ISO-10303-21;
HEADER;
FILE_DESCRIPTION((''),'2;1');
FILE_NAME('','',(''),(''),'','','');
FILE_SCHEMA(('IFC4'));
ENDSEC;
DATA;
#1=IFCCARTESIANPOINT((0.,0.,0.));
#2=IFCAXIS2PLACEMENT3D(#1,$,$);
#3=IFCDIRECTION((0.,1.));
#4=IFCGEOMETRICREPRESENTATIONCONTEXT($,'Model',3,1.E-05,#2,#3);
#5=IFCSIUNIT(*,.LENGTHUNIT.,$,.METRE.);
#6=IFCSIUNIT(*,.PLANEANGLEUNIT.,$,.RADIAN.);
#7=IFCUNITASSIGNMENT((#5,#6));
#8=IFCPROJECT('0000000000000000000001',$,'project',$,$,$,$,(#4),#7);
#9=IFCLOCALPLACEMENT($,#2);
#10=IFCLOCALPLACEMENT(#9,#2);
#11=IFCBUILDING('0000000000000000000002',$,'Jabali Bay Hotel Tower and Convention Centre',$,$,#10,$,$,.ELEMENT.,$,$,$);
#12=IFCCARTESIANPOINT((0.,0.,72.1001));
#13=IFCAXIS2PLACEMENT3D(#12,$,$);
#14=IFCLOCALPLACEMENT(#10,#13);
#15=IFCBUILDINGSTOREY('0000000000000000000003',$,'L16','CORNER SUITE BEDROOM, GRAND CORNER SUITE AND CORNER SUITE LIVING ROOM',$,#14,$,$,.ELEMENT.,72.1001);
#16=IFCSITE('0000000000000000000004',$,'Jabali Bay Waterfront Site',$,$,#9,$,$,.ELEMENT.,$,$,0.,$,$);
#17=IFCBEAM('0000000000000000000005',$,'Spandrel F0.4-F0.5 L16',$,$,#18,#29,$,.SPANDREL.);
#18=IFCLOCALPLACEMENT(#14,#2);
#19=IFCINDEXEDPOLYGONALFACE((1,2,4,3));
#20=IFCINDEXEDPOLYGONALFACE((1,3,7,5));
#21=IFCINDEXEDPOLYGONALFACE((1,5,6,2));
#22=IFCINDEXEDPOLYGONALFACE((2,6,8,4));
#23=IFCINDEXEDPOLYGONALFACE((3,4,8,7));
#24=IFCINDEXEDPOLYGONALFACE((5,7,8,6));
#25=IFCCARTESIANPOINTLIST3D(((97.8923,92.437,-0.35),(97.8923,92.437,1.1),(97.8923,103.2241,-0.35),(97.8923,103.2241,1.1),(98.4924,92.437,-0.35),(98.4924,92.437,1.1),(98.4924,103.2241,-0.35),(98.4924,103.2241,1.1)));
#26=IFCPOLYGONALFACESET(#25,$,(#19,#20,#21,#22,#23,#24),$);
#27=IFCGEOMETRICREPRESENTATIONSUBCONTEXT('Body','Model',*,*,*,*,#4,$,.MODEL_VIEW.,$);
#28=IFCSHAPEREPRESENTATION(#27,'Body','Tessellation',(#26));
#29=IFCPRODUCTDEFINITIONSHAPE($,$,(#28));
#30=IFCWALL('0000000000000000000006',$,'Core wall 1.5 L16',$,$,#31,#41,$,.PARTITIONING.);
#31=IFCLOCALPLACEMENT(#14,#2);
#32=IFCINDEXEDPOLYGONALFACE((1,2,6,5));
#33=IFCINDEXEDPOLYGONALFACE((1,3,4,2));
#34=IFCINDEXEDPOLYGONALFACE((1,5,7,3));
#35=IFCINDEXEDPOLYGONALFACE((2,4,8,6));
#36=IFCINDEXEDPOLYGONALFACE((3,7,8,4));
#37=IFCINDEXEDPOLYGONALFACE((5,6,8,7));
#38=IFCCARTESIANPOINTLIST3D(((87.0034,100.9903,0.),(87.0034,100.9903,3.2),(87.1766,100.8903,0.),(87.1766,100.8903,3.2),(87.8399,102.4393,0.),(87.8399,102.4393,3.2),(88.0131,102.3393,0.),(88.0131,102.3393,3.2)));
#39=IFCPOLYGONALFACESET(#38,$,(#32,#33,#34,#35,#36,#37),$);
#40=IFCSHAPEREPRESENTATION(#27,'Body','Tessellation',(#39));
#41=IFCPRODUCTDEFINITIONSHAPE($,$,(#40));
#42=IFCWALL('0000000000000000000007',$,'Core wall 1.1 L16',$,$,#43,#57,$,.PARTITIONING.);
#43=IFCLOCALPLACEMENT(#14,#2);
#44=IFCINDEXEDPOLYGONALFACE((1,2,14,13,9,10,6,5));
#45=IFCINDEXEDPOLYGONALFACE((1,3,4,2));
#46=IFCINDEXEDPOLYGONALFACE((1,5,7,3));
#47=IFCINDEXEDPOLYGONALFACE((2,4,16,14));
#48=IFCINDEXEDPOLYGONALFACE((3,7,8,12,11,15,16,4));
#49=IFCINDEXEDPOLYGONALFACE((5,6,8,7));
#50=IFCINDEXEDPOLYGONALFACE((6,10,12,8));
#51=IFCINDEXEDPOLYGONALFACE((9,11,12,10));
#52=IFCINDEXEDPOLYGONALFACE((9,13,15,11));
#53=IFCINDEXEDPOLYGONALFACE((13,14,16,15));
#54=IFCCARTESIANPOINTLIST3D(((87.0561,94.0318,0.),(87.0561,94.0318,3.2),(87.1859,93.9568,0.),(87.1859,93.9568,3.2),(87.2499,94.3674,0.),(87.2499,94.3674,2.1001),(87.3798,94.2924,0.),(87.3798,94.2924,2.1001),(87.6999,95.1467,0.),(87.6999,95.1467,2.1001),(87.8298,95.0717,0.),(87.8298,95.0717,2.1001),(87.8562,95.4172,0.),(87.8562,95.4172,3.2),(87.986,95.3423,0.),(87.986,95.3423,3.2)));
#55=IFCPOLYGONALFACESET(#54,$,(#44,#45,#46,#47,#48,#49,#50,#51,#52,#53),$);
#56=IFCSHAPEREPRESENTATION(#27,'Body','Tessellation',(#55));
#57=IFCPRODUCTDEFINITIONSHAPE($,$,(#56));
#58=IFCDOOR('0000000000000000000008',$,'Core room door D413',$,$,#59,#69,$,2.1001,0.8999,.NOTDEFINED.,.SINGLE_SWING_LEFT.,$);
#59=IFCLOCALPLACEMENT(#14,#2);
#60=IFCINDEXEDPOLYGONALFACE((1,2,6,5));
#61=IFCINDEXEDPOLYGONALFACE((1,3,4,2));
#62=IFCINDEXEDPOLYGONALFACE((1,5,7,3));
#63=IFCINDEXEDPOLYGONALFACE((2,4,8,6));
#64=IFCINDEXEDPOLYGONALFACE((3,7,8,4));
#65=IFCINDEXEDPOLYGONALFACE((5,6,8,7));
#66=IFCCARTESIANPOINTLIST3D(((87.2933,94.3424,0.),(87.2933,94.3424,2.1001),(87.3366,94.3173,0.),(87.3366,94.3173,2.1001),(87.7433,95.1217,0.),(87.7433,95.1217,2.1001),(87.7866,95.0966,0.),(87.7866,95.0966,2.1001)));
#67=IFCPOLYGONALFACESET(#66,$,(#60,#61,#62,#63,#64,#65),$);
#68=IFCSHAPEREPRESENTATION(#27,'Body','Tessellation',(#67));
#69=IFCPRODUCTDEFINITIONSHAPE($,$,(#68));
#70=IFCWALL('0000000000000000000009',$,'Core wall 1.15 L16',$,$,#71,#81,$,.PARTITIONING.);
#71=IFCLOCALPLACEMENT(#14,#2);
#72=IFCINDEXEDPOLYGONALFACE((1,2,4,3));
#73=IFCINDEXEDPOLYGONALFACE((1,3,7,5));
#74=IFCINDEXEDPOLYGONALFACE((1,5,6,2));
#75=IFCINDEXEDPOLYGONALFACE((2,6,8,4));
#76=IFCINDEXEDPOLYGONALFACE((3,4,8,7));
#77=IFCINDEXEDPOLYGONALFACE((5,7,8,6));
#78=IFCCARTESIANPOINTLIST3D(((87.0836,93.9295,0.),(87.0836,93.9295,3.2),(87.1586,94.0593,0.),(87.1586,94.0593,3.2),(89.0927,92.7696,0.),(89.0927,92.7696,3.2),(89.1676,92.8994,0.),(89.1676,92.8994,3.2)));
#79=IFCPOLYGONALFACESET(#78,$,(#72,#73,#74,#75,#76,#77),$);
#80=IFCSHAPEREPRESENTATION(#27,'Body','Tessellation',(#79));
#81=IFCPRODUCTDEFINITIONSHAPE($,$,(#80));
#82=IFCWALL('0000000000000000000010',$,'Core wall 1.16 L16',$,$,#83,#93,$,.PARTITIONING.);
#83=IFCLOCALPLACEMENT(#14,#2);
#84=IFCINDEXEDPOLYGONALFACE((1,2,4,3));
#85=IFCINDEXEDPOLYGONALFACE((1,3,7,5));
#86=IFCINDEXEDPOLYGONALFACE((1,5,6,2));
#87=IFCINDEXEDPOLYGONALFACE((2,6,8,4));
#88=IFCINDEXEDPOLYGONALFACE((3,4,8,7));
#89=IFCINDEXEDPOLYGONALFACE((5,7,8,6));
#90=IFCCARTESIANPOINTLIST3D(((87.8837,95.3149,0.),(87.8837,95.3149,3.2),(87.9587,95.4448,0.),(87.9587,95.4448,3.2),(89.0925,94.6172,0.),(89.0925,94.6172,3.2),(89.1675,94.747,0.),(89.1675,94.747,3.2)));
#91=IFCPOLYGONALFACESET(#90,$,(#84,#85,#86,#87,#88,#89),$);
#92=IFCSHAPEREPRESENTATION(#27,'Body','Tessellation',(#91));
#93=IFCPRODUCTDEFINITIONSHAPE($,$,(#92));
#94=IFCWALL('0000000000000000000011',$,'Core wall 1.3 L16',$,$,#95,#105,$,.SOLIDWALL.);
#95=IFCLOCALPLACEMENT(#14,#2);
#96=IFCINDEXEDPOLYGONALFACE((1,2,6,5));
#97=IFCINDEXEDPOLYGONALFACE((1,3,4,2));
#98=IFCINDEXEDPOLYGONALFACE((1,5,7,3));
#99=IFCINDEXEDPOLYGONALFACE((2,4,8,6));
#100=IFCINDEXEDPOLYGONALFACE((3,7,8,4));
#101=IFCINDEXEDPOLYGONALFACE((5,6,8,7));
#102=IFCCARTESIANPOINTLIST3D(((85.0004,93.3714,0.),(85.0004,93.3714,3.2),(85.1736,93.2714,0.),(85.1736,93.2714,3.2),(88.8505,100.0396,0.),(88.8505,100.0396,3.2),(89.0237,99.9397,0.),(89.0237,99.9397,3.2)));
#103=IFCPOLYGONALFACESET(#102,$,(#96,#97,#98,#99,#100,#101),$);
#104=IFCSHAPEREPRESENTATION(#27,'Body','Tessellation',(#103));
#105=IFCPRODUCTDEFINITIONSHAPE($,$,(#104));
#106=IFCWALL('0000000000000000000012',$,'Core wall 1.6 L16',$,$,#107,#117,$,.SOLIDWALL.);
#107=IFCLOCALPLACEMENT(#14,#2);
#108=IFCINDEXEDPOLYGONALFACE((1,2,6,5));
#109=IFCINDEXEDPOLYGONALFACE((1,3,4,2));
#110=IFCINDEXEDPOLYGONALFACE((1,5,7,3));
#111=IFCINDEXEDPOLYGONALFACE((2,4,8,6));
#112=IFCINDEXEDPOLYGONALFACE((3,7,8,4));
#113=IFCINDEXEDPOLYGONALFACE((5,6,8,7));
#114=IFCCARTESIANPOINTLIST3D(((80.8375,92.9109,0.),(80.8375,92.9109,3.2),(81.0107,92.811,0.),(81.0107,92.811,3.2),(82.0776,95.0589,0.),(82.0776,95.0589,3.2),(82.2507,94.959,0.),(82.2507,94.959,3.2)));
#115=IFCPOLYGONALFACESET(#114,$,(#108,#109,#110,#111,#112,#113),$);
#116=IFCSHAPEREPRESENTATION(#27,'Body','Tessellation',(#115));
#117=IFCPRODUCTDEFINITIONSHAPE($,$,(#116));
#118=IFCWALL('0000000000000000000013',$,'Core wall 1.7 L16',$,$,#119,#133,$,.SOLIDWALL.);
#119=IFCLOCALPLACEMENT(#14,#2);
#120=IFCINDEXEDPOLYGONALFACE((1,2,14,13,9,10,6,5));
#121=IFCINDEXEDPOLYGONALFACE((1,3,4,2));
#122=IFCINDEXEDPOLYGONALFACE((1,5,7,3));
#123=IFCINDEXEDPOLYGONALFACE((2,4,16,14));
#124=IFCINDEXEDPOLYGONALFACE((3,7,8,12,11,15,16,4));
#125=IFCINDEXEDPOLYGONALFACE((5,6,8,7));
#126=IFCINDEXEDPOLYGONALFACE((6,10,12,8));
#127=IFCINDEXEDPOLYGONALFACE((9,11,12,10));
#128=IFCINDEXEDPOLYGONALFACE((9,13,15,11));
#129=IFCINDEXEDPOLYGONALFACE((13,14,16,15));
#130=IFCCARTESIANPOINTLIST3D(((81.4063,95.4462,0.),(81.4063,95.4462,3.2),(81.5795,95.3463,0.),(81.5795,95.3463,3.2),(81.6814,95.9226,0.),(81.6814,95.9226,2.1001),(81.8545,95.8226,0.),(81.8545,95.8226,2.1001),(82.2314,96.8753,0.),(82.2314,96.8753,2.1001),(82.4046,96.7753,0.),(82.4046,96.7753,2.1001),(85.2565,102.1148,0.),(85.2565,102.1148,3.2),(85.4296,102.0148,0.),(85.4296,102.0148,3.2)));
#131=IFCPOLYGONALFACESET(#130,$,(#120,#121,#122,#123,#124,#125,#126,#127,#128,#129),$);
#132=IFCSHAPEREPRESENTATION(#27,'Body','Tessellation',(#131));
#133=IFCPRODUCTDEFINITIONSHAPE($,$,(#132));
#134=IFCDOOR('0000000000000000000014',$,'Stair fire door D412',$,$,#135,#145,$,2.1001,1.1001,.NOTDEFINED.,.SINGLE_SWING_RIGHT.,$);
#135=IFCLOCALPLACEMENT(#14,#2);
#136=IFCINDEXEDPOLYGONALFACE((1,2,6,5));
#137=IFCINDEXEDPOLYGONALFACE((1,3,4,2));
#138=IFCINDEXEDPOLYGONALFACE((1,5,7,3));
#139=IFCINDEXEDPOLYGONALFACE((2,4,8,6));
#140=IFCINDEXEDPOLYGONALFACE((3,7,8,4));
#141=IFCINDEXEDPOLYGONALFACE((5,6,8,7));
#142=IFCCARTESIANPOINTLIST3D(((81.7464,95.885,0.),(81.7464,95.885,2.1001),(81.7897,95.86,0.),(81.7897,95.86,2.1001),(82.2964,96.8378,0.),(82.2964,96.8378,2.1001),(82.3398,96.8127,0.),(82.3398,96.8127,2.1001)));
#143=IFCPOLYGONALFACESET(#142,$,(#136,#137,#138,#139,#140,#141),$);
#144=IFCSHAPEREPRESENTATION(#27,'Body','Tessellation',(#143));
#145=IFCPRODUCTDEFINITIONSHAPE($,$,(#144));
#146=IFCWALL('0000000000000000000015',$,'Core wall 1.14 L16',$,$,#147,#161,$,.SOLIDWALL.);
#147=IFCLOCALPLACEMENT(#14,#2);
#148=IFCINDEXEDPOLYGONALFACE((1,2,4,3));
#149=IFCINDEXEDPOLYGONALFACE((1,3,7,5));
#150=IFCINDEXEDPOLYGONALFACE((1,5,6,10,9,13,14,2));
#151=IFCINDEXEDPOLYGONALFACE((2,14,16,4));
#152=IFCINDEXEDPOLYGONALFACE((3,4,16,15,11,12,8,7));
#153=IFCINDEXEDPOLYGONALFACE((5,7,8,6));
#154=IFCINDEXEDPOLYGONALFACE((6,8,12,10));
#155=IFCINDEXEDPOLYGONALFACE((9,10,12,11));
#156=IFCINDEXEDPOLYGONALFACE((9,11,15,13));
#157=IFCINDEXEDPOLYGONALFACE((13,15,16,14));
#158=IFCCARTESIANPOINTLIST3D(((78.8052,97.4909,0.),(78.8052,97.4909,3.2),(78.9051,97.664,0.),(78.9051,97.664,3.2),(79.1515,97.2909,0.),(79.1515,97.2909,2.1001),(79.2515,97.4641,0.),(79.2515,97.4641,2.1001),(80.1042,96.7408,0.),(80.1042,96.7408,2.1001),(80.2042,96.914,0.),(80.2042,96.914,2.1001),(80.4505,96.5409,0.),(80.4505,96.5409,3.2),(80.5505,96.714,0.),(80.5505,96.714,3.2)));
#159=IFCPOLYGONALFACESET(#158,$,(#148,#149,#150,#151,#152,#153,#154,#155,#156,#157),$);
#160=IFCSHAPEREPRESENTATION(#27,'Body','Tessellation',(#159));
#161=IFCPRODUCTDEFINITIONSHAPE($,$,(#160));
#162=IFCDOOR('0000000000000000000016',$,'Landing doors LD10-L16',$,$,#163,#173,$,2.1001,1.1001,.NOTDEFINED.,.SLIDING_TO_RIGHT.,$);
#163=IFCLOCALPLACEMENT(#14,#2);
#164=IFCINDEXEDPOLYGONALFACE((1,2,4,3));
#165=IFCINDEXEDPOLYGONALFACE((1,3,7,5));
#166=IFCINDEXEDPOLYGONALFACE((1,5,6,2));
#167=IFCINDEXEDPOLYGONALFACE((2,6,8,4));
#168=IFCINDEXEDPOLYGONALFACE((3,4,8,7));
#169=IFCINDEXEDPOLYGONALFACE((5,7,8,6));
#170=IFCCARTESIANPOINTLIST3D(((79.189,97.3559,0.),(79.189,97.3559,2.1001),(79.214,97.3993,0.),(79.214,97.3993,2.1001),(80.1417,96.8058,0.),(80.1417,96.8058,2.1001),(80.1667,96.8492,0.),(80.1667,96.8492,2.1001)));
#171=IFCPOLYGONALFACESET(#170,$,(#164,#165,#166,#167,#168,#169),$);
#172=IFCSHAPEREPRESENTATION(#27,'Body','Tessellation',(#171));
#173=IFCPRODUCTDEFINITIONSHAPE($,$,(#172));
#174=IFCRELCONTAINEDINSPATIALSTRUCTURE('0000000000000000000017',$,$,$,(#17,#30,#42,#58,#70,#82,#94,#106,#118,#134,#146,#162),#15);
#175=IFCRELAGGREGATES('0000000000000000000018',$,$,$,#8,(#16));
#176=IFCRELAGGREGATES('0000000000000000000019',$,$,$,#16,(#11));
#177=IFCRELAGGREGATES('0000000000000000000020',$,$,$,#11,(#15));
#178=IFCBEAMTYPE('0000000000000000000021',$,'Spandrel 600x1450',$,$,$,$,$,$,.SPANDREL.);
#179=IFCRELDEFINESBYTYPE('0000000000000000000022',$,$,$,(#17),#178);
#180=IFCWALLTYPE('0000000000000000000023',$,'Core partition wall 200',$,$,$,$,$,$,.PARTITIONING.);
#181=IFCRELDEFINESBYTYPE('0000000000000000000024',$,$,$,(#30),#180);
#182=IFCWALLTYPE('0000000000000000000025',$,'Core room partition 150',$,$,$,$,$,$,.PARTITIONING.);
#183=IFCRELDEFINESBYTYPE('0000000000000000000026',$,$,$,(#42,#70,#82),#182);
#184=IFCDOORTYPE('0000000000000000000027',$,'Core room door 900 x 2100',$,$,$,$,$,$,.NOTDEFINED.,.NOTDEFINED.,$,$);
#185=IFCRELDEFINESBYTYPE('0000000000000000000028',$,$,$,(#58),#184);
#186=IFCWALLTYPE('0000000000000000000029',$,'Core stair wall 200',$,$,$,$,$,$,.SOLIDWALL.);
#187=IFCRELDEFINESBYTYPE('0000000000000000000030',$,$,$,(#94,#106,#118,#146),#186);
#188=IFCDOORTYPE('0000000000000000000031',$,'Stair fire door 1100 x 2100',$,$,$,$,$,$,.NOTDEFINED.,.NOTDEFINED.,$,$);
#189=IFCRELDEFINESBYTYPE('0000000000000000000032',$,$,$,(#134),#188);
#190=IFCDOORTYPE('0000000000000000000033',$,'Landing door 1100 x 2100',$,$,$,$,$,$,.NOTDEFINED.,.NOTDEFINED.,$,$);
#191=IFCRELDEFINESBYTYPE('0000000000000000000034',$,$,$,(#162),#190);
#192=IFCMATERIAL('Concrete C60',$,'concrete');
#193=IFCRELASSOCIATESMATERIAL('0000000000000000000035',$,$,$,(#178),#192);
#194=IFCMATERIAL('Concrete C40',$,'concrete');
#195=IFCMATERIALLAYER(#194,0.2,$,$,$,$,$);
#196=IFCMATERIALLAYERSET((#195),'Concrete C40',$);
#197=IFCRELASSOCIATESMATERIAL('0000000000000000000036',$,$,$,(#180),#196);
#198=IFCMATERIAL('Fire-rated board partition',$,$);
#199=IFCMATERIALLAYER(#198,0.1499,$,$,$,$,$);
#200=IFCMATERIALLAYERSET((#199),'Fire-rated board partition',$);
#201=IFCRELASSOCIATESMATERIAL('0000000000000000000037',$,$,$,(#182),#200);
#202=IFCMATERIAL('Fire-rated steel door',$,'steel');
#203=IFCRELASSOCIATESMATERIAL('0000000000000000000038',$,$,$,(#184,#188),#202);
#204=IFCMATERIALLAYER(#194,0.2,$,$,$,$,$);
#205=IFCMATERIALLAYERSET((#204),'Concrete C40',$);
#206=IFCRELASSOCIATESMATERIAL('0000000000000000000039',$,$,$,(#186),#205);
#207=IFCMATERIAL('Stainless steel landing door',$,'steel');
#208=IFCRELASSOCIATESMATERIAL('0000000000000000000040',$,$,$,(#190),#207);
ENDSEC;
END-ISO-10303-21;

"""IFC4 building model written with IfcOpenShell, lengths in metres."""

from ifc_helpers import new_model, si_unit, direction, frame, frame_2d, origin, origin_2d, place, context, subcontext, project, spatial, rectangle, extrude, material, layer, layer_set, material_profile, profile_set, type_object, element, fill, save


model = new_model("IFC4")

# Units and contexts
model_context = context("Model", 3, precision=1e-05, world=origin(), true_north=direction((0.0, 1.0)))
body_context = subcontext(model_context, "Body", "Model", "MODEL_VIEW")
ifc_project = project(units=[si_unit("LENGTHUNIT", "METRE"), si_unit("PLANEANGLEUNIT", "RADIAN")], contexts=[model_context])

# Site, building, storey
site_placement = place(None, origin())
site = spatial("IfcSite", under=ifc_project, at=site_placement, Name="Jabali Bay Waterfront Site", CompositionType="ELEMENT", RefElevation=0.0)
building_placement = place(site_placement, origin())
building = spatial("IfcBuilding", under=site, at=building_placement, Name="Jabali Bay Hotel Tower and Convention Centre", CompositionType="ELEMENT")
storey_placement = place(building_placement, frame((0.0, 0.0, 72.1001)))
storey = spatial("IfcBuildingStorey", under=building, at=storey_placement, Name="L16", Description="CORNER SUITE BEDROOM, GRAND CORNER SUITE AND CORNER SUITE LIVING ROOM", CompositionType="ELEMENT", Elevation=72.1001)

# Beam
ifc_material_1 = material(Name="Concrete C60", Category="concrete")
ifc_material_profile = material_profile(ifc_material_1, rectangle(XDim=0.6001, YDim=1.45, at=origin_2d()), Name="Spandrel 600x1450")
ifc_profile_set = profile_set([ifc_material_profile], Name="Concrete C60")
beam_type = type_object("IfcBeamType", Name="Spandrel 600x1450", PredefinedType="SPANDREL", material=ifc_profile_set)
beam_placement = place(storey_placement, frame((98.1924, 92.437, 0.375), z_axis=(0.0, 1.0, 0.0), x_axis=(-1.0, 0.0, 0.0)))
element("IfcBeam", 1, at=beam_placement, inside=storey, type_object=beam_type, Name="Spandrel F0.4-F0.5 L16", PredefinedType="SPANDREL", context=body_context, shape_type="SweptSolid", body=[
    extrude(rectangle(XDim=0.6001, YDim=1.45, at=origin_2d()), origin(), (0.0, 0.0, 1.0), 10.7871),
])

# Wall
ifc_material_2 = material(Name="Concrete C40", Category="concrete")
ifc_layer_1 = layer(ifc_material_2, 0.2)
ifc_layer_set_1 = layer_set([ifc_layer_1], Name="Concrete C40")
wall_type_1 = type_object("IfcWallType", Name="Core partition wall 200", PredefinedType="PARTITIONING", material=ifc_layer_set_1)
wall_1_placement = place(storey_placement, frame((87.0901, 100.9404, 0.0), z_axis=(0.0, 0.0, 1.0), x_axis=(0.499937, 0.866062, 0.0)))
element("IfcWall", 2, at=wall_1_placement, inside=storey, type_object=wall_type_1, Name="Core wall 1.5 L16", PredefinedType="PARTITIONING", context=body_context, shape_type="SweptSolid", body=[
    extrude(rectangle(XDim=1.6731, YDim=0.2, at=frame_2d((0.8364, 0.0))), origin(), (0.0, 0.0, 1.0), 3.2),
])

# Wall, opening, door
ifc_material_3 = material(Name="Fire-rated board partition")
ifc_layer_2 = layer(ifc_material_3, 0.1499)
ifc_layer_set_2 = layer_set([ifc_layer_2], Name="Fire-rated board partition")
wall_type_2 = type_object("IfcWallType", Name="Core room partition 150", PredefinedType="PARTITIONING", material=ifc_layer_set_2)
wall_2_placement = place(storey_placement, frame((87.1211, 93.9944, 0.0), z_axis=(0.0, 0.0, 1.0), x_axis=(0.500061, 0.86599, 0.0)))
wall_2 = element("IfcWall", 3, at=wall_2_placement, inside=storey, type_object=wall_type_2, Name="Core wall 1.1 L16", PredefinedType="PARTITIONING", context=body_context, shape_type="SweptSolid", body=[
    extrude(rectangle(XDim=1.5999, YDim=0.1499, at=frame_2d((0.7998, 0.0))), origin(), (0.0, 0.0, 1.0), 3.2),
])
opening_1_placement = place(wall_2_placement, frame((0.3875, 0.0, 0.0)))
opening_1 = element("IfcOpeningElement", 4, at=opening_1_placement, cuts=wall_2, PredefinedType="OPENING", context=body_context, shape_type="SweptSolid", body=[
    extrude(rectangle(XDim=0.8999, YDim=2.1001, at=frame_2d((0.45, 1.05))), frame((0.0, 0.0854, 0.0), z_axis=(0.0, -1.0, 0.0), x_axis=(1.0, 0.0, 0.0)), (0.0, 0.0, 1.0), 0.1709),
])
ifc_material_4 = material(Name="Fire-rated steel door", Category="steel")
door_type_1 = type_object("IfcDoorType", Name="Core room door 900 x 2100", OperationType="NOTDEFINED", PredefinedType="NOTDEFINED", material=ifc_material_4)
door_1_placement = place(opening_1_placement, origin())
door_1 = element("IfcDoor", 5, at=door_1_placement, inside=storey, type_object=door_type_1, Name="Core room door D413", OperationType="SINGLE_SWING_LEFT", OverallHeight=2.1001, OverallWidth=0.8999, PredefinedType="NOTDEFINED", context=body_context, shape_type="SweptSolid", body=[
    extrude(rectangle(XDim=0.8999, YDim=2.1001, at=frame_2d((0.45, 1.05))), frame((0.0, 0.0249, 0.0), z_axis=(0.0, -1.0, 0.0), x_axis=(1.0, 0.0, 0.0)), (0.0, 0.0, 1.0), 0.05),
])
fill(opening_1, door_1)

# Walls
wall_3_placement = place(storey_placement, frame((89.1301, 92.8345, 0.0), z_axis=(0.0, 0.0, 1.0), x_axis=(-0.866026, 0.499999, 0.0)))
element("IfcWall", 6, at=wall_3_placement, inside=storey, type_object=wall_type_2, Name="Core wall 1.15 L16", PredefinedType="PARTITIONING", context=body_context, shape_type="SweptSolid", body=[
    extrude(rectangle(XDim=2.3198, YDim=0.1499, at=frame_2d((1.1599, 0.0))), origin(), (0.0, 0.0, 1.0), 3.2),
])
wall_4_placement = place(storey_placement, frame((89.1299, 94.6821, 0.0), z_axis=(0.0, 0.0, 1.0), x_axis=(-0.86606, 0.499939, 0.0)))
element("IfcWall", 7, at=wall_4_placement, inside=storey, type_object=wall_type_2, Name="Core wall 1.16 L16", PredefinedType="PARTITIONING", context=body_context, shape_type="SweptSolid", body=[
    extrude(rectangle(XDim=1.3958, YDim=0.1499, at=frame_2d((0.6978, 0.0))), origin(), (0.0, 0.0, 1.0), 3.2),
])
ifc_layer_3 = layer(ifc_material_2, 0.2)
ifc_layer_set_3 = layer_set([ifc_layer_3], Name="Concrete C40")
wall_type_3 = type_object("IfcWallType", Name="Core stair wall 200", PredefinedType="SOLIDWALL", material=ifc_layer_set_3)
wall_5_placement = place(storey_placement, frame((85.0869, 93.3213, 0.0), z_axis=(0.0, 0.0, 1.0), x_axis=(0.50002, 0.866014, 0.0)))
element("IfcWall", 8, at=wall_5_placement, inside=storey, type_object=wall_type_3, Name="Core wall 1.3 L16", PredefinedType="SOLIDWALL", context=body_context, shape_type="SweptSolid", body=[
    extrude(rectangle(XDim=7.7, YDim=0.2, at=frame_2d((3.8501, 0.0))), origin(), (0.0, 0.0, 1.0), 3.2),
])
wall_6_placement = place(storey_placement, frame((80.9241, 92.8608, 0.0), z_axis=(0.0, 0.0, 1.0), x_axis=(0.499961, 0.866048, 0.0)))
element("IfcWall", 9, at=wall_6_placement, inside=storey, type_object=wall_type_3, Name="Core wall 1.6 L16", PredefinedType="SOLIDWALL", context=body_context, shape_type="SweptSolid", body=[
    extrude(rectangle(XDim=2.4802, YDim=0.2, at=frame_2d((1.2402, 0.0))), origin(), (0.0, 0.0, 1.0), 3.2),
])

# Walls, openings, doors
wall_7_placement = place(storey_placement, frame((81.4929, 95.3962, 0.0), z_axis=(0.0, 0.0, 1.0), x_axis=(0.500006, 0.866022, 0.0)))
wall_7 = element("IfcWall", 10, at=wall_7_placement, inside=storey, type_object=wall_type_3, Name="Core wall 1.7 L16", PredefinedType="SOLIDWALL", context=body_context, shape_type="SweptSolid", body=[
    extrude(rectangle(XDim=7.7002, YDim=0.2, at=frame_2d((3.8501, 0.0))), origin(), (0.0, 0.0, 1.0), 3.2),
])
opening_2_placement = place(wall_7_placement, frame((0.55, 0.0, 0.0)))
opening_2 = element("IfcOpeningElement", 11, at=opening_2_placement, cuts=wall_7, PredefinedType="OPENING", context=body_context, shape_type="SweptSolid", body=[
    extrude(rectangle(XDim=1.1001, YDim=2.1001, at=frame_2d((0.55, 1.05))), frame((0.0, 0.1104, 0.0), z_axis=(0.0, -1.0, 0.0), x_axis=(1.0, 0.0, 0.0)), (0.0, 0.0, 1.0), 0.2209),
])
door_type_2 = type_object("IfcDoorType", Name="Stair fire door 1100 x 2100", OperationType="NOTDEFINED", PredefinedType="NOTDEFINED", material=ifc_material_4)
door_2_placement = place(opening_2_placement, origin())
door_2 = element("IfcDoor", 12, at=door_2_placement, inside=storey, type_object=door_type_2, Name="Stair fire door D412", OperationType="SINGLE_SWING_RIGHT", OverallHeight=2.1001, OverallWidth=1.1001, PredefinedType="NOTDEFINED", context=body_context, shape_type="SweptSolid", body=[
    extrude(rectangle(XDim=1.1001, YDim=2.1001, at=frame_2d((0.55, 1.05))), frame((0.0, 0.0249, 0.0), z_axis=(0.0, -1.0, 0.0), x_axis=(1.0, 0.0, 0.0)), (0.0, 0.0, 1.0), 0.05),
])
fill(opening_2, door_2)
wall_8_placement = place(storey_placement, frame((80.5005, 96.6274, 0.0), z_axis=(0.0, 0.0, 1.0), x_axis=(-0.866012, 0.500023, 0.0)))
wall_8 = element("IfcWall", 13, at=wall_8_placement, inside=storey, type_object=wall_type_3, Name="Core wall 1.14 L16", PredefinedType="SOLIDWALL", context=body_context, shape_type="SweptSolid", body=[
    extrude(rectangle(XDim=1.8999, YDim=0.2, at=frame_2d((0.95, 0.0))), origin(), (0.0, 0.0, 1.0), 3.2),
])
opening_3_placement = place(wall_8_placement, frame((0.3999, 0.0, 0.0)))
opening_3 = element("IfcOpeningElement", 14, at=opening_3_placement, cuts=wall_8, PredefinedType="OPENING", context=body_context, shape_type="SweptSolid", body=[
    extrude(rectangle(XDim=1.1001, YDim=2.1001, at=frame_2d((0.55, 1.05))), frame((0.0, 0.1104, 0.0), z_axis=(0.0, -1.0, 0.0), x_axis=(1.0, 0.0, 0.0)), (0.0, 0.0, 1.0), 0.2209),
])
ifc_material_5 = material(Name="Stainless steel landing door", Category="steel")
door_type_3 = type_object("IfcDoorType", Name="Landing door 1100 x 2100", OperationType="NOTDEFINED", PredefinedType="NOTDEFINED", material=ifc_material_5)
door_3_placement = place(opening_3_placement, origin())
door_3 = element("IfcDoor", 15, at=door_3_placement, inside=storey, type_object=door_type_3, Name="Landing doors LD10-L16", OperationType="SLIDING_TO_RIGHT", OverallHeight=2.1001, OverallWidth=1.1001, PredefinedType="NOTDEFINED", context=body_context, shape_type="SweptSolid", body=[
    extrude(rectangle(XDim=1.1001, YDim=2.1001, at=frame_2d((0.55, 1.05))), frame((0.0, 0.0249, 0.0), z_axis=(0.0, -1.0, 0.0), x_axis=(1.0, 0.0, 0.0)), (0.0, 0.0, 1.0), 0.05),
])
fill(opening_3, door_3)

save(model, "model.ifc")
